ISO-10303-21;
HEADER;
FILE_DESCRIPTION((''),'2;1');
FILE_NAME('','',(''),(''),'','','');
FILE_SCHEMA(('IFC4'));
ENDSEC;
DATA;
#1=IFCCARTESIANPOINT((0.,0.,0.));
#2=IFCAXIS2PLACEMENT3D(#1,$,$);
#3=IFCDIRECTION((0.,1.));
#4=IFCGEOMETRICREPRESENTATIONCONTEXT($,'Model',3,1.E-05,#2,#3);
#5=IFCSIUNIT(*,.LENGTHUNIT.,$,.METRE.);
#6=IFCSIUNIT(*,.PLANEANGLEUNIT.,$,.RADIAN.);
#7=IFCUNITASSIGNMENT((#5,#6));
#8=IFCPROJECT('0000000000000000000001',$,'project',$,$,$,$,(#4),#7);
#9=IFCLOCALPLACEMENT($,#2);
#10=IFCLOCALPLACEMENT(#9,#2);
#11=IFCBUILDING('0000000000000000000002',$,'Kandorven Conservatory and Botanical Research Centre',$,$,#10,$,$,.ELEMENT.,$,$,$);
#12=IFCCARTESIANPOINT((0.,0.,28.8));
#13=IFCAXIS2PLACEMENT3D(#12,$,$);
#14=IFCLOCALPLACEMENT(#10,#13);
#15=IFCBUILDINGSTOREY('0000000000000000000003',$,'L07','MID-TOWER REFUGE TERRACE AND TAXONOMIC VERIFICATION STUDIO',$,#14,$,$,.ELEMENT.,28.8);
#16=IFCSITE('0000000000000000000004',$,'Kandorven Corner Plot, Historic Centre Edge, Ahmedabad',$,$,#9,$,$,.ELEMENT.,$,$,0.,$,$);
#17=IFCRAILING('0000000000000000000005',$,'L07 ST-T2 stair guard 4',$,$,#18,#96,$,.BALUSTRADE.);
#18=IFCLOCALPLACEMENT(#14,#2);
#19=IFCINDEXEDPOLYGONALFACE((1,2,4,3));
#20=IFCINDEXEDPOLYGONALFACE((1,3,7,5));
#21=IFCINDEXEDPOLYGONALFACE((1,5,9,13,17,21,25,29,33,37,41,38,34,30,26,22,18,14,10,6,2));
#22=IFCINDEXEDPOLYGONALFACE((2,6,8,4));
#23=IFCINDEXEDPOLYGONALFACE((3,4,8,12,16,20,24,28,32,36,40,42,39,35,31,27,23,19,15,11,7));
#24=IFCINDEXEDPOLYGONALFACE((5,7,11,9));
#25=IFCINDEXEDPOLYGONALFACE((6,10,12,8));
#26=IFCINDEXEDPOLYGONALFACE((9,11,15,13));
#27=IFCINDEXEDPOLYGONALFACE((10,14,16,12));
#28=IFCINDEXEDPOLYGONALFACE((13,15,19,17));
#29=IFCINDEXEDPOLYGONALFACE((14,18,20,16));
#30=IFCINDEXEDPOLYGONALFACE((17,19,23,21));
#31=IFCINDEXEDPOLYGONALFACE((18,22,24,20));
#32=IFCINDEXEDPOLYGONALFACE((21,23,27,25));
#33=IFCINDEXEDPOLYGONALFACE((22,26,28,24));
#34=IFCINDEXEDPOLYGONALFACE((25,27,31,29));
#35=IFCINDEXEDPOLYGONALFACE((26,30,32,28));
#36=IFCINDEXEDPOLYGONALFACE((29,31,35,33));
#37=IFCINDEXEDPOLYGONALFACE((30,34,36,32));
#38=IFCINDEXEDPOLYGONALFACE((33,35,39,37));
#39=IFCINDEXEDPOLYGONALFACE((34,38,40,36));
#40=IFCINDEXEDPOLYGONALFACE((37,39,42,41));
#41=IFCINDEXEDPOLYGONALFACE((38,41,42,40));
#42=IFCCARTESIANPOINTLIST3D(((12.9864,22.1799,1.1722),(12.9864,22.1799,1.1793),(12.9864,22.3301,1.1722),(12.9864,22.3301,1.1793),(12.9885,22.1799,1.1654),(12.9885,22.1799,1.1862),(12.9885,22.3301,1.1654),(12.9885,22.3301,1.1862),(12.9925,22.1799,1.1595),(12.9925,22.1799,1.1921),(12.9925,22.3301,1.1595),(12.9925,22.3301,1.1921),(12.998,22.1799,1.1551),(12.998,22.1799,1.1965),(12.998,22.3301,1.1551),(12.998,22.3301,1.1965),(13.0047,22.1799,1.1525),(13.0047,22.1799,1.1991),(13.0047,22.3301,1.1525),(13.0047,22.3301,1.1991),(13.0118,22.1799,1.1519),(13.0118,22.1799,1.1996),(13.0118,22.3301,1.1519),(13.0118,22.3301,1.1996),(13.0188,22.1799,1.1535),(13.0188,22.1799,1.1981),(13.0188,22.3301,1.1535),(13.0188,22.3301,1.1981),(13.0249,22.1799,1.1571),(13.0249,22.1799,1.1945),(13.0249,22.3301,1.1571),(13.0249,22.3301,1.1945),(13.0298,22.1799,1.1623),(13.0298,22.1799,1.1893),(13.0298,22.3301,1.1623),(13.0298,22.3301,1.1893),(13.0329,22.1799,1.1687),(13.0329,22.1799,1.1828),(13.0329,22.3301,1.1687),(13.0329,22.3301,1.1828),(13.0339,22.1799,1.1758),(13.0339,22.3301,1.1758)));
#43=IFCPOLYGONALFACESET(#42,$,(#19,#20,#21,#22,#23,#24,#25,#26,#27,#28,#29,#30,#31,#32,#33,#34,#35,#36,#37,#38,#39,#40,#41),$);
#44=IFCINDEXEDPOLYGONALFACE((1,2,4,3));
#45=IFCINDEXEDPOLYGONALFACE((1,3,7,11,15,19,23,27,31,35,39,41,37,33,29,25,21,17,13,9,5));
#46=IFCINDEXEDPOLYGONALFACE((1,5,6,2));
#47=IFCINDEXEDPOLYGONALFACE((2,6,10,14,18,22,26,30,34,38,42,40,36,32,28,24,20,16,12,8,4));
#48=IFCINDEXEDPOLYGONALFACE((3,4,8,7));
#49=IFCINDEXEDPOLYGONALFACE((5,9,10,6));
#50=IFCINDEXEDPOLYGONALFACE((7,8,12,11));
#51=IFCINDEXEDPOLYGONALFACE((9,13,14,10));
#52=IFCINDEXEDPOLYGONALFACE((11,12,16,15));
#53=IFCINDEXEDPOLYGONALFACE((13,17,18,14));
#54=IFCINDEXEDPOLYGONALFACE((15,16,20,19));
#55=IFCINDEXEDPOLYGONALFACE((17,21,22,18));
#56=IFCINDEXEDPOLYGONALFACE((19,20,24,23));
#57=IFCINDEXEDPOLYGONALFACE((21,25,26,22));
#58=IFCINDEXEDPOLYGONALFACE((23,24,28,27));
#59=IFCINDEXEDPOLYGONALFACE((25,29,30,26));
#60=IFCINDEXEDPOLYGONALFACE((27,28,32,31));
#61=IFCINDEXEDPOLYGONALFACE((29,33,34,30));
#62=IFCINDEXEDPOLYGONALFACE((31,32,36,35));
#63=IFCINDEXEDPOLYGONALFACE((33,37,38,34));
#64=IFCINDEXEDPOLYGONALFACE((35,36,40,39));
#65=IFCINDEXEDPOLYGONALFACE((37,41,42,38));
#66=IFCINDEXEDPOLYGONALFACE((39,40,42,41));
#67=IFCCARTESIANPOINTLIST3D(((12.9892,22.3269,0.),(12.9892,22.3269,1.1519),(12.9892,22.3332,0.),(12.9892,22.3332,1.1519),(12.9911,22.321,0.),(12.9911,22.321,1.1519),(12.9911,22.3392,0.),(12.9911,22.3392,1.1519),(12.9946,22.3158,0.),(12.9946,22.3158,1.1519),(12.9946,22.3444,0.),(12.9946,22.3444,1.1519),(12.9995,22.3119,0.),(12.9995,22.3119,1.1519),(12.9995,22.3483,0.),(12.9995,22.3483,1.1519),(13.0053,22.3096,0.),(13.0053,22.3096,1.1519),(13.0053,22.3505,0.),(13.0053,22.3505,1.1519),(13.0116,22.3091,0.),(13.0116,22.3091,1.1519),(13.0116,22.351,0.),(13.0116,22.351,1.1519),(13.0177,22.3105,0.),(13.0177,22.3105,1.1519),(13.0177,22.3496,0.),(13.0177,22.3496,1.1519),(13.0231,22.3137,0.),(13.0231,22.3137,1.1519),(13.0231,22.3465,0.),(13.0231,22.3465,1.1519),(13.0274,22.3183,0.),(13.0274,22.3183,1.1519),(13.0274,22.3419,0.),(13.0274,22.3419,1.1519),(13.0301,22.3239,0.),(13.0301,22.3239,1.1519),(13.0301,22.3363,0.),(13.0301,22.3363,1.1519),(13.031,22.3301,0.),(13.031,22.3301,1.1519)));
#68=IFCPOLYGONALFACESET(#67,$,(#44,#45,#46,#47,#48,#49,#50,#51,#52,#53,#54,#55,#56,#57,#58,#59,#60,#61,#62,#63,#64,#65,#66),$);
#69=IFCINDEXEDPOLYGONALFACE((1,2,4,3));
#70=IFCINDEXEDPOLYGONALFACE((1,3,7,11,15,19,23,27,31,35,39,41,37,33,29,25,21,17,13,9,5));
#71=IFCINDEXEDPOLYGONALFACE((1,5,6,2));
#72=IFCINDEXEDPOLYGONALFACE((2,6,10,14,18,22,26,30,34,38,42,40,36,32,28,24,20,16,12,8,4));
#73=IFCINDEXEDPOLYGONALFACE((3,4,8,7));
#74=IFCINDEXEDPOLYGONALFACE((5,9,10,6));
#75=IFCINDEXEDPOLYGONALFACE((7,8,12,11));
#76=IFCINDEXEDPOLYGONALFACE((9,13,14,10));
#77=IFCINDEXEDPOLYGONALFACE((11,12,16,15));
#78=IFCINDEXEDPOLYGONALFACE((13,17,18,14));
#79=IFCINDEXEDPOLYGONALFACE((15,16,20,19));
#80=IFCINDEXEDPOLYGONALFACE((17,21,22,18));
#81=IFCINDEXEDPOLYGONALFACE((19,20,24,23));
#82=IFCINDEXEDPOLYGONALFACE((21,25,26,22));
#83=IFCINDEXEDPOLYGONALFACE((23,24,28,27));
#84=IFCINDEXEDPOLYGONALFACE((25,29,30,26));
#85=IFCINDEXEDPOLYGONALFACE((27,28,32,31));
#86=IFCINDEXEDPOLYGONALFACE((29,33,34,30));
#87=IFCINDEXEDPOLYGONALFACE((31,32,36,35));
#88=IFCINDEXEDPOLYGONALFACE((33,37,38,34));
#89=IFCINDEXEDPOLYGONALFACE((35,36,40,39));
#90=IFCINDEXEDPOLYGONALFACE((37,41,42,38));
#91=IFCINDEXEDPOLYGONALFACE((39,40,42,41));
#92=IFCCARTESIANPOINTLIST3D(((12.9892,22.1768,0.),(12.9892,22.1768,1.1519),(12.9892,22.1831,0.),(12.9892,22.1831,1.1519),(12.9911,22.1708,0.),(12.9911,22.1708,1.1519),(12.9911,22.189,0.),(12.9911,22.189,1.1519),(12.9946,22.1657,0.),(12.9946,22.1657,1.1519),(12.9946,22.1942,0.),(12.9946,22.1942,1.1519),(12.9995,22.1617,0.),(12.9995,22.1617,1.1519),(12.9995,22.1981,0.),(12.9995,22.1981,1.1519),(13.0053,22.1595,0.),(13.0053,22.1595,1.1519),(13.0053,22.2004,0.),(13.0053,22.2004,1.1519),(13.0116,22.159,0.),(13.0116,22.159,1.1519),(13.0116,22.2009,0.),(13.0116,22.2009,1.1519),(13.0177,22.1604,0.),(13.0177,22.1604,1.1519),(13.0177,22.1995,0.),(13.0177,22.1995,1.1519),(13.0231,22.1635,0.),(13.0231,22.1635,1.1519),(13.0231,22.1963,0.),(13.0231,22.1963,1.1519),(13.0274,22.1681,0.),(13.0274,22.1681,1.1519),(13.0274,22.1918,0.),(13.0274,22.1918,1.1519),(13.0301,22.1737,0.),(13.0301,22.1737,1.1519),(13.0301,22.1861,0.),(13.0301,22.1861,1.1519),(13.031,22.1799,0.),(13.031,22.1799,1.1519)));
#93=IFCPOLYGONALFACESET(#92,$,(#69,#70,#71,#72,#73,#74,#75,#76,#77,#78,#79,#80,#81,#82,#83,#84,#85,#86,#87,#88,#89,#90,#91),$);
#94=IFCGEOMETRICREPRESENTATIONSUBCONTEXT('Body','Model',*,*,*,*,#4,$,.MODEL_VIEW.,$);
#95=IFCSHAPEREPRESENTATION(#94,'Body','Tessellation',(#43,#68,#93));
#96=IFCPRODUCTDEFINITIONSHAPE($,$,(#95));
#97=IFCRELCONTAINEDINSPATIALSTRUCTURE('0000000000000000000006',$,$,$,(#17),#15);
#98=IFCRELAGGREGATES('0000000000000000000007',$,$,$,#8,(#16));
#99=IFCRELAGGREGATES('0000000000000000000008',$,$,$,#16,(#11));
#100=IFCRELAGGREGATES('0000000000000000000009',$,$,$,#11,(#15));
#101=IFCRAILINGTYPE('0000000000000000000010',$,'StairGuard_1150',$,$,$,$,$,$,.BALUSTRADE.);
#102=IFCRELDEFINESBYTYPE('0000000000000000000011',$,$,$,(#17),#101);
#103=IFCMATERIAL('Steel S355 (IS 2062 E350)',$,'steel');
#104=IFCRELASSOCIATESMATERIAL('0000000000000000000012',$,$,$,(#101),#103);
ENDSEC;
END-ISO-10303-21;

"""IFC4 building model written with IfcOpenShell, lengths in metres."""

from ifc_helpers import new_model, si_unit, direction, frame, origin, origin_2d, place, context, subcontext, project, spatial, circle, extrude, material, type_object, element, save


model = new_model("IFC4")

# Units and contexts
model_context = context("Model", 3, precision=1e-05, world=origin(), true_north=direction((0.0, 1.0)))
body_context = subcontext(model_context, "Body", "Model", "MODEL_VIEW")
ifc_project = project(units=[si_unit("LENGTHUNIT", "METRE"), si_unit("PLANEANGLEUNIT", "RADIAN")], contexts=[model_context])

# Site, building, storey
site_placement = place(None, origin())
site = spatial("IfcSite", under=ifc_project, at=site_placement, Name="Kandorven Corner Plot, Historic Centre Edge, Ahmedabad", CompositionType="ELEMENT", RefElevation=0.0)
building_placement = place(site_placement, origin())
building = spatial("IfcBuilding", under=site, at=building_placement, Name="Kandorven Conservatory and Botanical Research Centre", CompositionType="ELEMENT")
storey_placement = place(building_placement, frame((0.0, 0.0, 28.8)))
storey = spatial("IfcBuildingStorey", under=building, at=storey_placement, Name="L07", Description="MID-TOWER REFUGE TERRACE AND TAXONOMIC VERIFICATION STUDIO", CompositionType="ELEMENT", Elevation=28.8)

# Railing
ifc_material_1 = material(Name="Steel S355 (IS 2062 E350)", Category="steel")
railing_type_1 = type_object("IfcRailingType", Name="StairGuard_1150", PredefinedType="BALUSTRADE", material=ifc_material_1)
railing_1_placement = place(storey_placement, frame((13.01, 22.3301, 0.0)))
element("IfcRailing", 1, at=railing_1_placement, inside=storey, type_object=railing_type_1, Name="L07 ST-T2 stair guard 4", PredefinedType="BALUSTRADE", context=body_context, shape_type="SweptSolid", body=[
    extrude(circle(Radius=0.0239, at=origin_2d()), frame((0.0, 0.0, 1.1758), z_axis=(0.0, -1.0, 0.0), x_axis=(1.0, 0.0, 0.0)), (0.0, 0.0, 1.0), 0.1501),
    extrude(circle(Radius=0.021, at=origin_2d()), origin(), (0.0, 0.0, 1.0), 1.1519),
    extrude(circle(Radius=0.021, at=origin_2d()), frame((0.0, -0.1501, 0.0)), (0.0, 0.0, 1.0), 1.1519),
])

save(model, "model.ifc")
